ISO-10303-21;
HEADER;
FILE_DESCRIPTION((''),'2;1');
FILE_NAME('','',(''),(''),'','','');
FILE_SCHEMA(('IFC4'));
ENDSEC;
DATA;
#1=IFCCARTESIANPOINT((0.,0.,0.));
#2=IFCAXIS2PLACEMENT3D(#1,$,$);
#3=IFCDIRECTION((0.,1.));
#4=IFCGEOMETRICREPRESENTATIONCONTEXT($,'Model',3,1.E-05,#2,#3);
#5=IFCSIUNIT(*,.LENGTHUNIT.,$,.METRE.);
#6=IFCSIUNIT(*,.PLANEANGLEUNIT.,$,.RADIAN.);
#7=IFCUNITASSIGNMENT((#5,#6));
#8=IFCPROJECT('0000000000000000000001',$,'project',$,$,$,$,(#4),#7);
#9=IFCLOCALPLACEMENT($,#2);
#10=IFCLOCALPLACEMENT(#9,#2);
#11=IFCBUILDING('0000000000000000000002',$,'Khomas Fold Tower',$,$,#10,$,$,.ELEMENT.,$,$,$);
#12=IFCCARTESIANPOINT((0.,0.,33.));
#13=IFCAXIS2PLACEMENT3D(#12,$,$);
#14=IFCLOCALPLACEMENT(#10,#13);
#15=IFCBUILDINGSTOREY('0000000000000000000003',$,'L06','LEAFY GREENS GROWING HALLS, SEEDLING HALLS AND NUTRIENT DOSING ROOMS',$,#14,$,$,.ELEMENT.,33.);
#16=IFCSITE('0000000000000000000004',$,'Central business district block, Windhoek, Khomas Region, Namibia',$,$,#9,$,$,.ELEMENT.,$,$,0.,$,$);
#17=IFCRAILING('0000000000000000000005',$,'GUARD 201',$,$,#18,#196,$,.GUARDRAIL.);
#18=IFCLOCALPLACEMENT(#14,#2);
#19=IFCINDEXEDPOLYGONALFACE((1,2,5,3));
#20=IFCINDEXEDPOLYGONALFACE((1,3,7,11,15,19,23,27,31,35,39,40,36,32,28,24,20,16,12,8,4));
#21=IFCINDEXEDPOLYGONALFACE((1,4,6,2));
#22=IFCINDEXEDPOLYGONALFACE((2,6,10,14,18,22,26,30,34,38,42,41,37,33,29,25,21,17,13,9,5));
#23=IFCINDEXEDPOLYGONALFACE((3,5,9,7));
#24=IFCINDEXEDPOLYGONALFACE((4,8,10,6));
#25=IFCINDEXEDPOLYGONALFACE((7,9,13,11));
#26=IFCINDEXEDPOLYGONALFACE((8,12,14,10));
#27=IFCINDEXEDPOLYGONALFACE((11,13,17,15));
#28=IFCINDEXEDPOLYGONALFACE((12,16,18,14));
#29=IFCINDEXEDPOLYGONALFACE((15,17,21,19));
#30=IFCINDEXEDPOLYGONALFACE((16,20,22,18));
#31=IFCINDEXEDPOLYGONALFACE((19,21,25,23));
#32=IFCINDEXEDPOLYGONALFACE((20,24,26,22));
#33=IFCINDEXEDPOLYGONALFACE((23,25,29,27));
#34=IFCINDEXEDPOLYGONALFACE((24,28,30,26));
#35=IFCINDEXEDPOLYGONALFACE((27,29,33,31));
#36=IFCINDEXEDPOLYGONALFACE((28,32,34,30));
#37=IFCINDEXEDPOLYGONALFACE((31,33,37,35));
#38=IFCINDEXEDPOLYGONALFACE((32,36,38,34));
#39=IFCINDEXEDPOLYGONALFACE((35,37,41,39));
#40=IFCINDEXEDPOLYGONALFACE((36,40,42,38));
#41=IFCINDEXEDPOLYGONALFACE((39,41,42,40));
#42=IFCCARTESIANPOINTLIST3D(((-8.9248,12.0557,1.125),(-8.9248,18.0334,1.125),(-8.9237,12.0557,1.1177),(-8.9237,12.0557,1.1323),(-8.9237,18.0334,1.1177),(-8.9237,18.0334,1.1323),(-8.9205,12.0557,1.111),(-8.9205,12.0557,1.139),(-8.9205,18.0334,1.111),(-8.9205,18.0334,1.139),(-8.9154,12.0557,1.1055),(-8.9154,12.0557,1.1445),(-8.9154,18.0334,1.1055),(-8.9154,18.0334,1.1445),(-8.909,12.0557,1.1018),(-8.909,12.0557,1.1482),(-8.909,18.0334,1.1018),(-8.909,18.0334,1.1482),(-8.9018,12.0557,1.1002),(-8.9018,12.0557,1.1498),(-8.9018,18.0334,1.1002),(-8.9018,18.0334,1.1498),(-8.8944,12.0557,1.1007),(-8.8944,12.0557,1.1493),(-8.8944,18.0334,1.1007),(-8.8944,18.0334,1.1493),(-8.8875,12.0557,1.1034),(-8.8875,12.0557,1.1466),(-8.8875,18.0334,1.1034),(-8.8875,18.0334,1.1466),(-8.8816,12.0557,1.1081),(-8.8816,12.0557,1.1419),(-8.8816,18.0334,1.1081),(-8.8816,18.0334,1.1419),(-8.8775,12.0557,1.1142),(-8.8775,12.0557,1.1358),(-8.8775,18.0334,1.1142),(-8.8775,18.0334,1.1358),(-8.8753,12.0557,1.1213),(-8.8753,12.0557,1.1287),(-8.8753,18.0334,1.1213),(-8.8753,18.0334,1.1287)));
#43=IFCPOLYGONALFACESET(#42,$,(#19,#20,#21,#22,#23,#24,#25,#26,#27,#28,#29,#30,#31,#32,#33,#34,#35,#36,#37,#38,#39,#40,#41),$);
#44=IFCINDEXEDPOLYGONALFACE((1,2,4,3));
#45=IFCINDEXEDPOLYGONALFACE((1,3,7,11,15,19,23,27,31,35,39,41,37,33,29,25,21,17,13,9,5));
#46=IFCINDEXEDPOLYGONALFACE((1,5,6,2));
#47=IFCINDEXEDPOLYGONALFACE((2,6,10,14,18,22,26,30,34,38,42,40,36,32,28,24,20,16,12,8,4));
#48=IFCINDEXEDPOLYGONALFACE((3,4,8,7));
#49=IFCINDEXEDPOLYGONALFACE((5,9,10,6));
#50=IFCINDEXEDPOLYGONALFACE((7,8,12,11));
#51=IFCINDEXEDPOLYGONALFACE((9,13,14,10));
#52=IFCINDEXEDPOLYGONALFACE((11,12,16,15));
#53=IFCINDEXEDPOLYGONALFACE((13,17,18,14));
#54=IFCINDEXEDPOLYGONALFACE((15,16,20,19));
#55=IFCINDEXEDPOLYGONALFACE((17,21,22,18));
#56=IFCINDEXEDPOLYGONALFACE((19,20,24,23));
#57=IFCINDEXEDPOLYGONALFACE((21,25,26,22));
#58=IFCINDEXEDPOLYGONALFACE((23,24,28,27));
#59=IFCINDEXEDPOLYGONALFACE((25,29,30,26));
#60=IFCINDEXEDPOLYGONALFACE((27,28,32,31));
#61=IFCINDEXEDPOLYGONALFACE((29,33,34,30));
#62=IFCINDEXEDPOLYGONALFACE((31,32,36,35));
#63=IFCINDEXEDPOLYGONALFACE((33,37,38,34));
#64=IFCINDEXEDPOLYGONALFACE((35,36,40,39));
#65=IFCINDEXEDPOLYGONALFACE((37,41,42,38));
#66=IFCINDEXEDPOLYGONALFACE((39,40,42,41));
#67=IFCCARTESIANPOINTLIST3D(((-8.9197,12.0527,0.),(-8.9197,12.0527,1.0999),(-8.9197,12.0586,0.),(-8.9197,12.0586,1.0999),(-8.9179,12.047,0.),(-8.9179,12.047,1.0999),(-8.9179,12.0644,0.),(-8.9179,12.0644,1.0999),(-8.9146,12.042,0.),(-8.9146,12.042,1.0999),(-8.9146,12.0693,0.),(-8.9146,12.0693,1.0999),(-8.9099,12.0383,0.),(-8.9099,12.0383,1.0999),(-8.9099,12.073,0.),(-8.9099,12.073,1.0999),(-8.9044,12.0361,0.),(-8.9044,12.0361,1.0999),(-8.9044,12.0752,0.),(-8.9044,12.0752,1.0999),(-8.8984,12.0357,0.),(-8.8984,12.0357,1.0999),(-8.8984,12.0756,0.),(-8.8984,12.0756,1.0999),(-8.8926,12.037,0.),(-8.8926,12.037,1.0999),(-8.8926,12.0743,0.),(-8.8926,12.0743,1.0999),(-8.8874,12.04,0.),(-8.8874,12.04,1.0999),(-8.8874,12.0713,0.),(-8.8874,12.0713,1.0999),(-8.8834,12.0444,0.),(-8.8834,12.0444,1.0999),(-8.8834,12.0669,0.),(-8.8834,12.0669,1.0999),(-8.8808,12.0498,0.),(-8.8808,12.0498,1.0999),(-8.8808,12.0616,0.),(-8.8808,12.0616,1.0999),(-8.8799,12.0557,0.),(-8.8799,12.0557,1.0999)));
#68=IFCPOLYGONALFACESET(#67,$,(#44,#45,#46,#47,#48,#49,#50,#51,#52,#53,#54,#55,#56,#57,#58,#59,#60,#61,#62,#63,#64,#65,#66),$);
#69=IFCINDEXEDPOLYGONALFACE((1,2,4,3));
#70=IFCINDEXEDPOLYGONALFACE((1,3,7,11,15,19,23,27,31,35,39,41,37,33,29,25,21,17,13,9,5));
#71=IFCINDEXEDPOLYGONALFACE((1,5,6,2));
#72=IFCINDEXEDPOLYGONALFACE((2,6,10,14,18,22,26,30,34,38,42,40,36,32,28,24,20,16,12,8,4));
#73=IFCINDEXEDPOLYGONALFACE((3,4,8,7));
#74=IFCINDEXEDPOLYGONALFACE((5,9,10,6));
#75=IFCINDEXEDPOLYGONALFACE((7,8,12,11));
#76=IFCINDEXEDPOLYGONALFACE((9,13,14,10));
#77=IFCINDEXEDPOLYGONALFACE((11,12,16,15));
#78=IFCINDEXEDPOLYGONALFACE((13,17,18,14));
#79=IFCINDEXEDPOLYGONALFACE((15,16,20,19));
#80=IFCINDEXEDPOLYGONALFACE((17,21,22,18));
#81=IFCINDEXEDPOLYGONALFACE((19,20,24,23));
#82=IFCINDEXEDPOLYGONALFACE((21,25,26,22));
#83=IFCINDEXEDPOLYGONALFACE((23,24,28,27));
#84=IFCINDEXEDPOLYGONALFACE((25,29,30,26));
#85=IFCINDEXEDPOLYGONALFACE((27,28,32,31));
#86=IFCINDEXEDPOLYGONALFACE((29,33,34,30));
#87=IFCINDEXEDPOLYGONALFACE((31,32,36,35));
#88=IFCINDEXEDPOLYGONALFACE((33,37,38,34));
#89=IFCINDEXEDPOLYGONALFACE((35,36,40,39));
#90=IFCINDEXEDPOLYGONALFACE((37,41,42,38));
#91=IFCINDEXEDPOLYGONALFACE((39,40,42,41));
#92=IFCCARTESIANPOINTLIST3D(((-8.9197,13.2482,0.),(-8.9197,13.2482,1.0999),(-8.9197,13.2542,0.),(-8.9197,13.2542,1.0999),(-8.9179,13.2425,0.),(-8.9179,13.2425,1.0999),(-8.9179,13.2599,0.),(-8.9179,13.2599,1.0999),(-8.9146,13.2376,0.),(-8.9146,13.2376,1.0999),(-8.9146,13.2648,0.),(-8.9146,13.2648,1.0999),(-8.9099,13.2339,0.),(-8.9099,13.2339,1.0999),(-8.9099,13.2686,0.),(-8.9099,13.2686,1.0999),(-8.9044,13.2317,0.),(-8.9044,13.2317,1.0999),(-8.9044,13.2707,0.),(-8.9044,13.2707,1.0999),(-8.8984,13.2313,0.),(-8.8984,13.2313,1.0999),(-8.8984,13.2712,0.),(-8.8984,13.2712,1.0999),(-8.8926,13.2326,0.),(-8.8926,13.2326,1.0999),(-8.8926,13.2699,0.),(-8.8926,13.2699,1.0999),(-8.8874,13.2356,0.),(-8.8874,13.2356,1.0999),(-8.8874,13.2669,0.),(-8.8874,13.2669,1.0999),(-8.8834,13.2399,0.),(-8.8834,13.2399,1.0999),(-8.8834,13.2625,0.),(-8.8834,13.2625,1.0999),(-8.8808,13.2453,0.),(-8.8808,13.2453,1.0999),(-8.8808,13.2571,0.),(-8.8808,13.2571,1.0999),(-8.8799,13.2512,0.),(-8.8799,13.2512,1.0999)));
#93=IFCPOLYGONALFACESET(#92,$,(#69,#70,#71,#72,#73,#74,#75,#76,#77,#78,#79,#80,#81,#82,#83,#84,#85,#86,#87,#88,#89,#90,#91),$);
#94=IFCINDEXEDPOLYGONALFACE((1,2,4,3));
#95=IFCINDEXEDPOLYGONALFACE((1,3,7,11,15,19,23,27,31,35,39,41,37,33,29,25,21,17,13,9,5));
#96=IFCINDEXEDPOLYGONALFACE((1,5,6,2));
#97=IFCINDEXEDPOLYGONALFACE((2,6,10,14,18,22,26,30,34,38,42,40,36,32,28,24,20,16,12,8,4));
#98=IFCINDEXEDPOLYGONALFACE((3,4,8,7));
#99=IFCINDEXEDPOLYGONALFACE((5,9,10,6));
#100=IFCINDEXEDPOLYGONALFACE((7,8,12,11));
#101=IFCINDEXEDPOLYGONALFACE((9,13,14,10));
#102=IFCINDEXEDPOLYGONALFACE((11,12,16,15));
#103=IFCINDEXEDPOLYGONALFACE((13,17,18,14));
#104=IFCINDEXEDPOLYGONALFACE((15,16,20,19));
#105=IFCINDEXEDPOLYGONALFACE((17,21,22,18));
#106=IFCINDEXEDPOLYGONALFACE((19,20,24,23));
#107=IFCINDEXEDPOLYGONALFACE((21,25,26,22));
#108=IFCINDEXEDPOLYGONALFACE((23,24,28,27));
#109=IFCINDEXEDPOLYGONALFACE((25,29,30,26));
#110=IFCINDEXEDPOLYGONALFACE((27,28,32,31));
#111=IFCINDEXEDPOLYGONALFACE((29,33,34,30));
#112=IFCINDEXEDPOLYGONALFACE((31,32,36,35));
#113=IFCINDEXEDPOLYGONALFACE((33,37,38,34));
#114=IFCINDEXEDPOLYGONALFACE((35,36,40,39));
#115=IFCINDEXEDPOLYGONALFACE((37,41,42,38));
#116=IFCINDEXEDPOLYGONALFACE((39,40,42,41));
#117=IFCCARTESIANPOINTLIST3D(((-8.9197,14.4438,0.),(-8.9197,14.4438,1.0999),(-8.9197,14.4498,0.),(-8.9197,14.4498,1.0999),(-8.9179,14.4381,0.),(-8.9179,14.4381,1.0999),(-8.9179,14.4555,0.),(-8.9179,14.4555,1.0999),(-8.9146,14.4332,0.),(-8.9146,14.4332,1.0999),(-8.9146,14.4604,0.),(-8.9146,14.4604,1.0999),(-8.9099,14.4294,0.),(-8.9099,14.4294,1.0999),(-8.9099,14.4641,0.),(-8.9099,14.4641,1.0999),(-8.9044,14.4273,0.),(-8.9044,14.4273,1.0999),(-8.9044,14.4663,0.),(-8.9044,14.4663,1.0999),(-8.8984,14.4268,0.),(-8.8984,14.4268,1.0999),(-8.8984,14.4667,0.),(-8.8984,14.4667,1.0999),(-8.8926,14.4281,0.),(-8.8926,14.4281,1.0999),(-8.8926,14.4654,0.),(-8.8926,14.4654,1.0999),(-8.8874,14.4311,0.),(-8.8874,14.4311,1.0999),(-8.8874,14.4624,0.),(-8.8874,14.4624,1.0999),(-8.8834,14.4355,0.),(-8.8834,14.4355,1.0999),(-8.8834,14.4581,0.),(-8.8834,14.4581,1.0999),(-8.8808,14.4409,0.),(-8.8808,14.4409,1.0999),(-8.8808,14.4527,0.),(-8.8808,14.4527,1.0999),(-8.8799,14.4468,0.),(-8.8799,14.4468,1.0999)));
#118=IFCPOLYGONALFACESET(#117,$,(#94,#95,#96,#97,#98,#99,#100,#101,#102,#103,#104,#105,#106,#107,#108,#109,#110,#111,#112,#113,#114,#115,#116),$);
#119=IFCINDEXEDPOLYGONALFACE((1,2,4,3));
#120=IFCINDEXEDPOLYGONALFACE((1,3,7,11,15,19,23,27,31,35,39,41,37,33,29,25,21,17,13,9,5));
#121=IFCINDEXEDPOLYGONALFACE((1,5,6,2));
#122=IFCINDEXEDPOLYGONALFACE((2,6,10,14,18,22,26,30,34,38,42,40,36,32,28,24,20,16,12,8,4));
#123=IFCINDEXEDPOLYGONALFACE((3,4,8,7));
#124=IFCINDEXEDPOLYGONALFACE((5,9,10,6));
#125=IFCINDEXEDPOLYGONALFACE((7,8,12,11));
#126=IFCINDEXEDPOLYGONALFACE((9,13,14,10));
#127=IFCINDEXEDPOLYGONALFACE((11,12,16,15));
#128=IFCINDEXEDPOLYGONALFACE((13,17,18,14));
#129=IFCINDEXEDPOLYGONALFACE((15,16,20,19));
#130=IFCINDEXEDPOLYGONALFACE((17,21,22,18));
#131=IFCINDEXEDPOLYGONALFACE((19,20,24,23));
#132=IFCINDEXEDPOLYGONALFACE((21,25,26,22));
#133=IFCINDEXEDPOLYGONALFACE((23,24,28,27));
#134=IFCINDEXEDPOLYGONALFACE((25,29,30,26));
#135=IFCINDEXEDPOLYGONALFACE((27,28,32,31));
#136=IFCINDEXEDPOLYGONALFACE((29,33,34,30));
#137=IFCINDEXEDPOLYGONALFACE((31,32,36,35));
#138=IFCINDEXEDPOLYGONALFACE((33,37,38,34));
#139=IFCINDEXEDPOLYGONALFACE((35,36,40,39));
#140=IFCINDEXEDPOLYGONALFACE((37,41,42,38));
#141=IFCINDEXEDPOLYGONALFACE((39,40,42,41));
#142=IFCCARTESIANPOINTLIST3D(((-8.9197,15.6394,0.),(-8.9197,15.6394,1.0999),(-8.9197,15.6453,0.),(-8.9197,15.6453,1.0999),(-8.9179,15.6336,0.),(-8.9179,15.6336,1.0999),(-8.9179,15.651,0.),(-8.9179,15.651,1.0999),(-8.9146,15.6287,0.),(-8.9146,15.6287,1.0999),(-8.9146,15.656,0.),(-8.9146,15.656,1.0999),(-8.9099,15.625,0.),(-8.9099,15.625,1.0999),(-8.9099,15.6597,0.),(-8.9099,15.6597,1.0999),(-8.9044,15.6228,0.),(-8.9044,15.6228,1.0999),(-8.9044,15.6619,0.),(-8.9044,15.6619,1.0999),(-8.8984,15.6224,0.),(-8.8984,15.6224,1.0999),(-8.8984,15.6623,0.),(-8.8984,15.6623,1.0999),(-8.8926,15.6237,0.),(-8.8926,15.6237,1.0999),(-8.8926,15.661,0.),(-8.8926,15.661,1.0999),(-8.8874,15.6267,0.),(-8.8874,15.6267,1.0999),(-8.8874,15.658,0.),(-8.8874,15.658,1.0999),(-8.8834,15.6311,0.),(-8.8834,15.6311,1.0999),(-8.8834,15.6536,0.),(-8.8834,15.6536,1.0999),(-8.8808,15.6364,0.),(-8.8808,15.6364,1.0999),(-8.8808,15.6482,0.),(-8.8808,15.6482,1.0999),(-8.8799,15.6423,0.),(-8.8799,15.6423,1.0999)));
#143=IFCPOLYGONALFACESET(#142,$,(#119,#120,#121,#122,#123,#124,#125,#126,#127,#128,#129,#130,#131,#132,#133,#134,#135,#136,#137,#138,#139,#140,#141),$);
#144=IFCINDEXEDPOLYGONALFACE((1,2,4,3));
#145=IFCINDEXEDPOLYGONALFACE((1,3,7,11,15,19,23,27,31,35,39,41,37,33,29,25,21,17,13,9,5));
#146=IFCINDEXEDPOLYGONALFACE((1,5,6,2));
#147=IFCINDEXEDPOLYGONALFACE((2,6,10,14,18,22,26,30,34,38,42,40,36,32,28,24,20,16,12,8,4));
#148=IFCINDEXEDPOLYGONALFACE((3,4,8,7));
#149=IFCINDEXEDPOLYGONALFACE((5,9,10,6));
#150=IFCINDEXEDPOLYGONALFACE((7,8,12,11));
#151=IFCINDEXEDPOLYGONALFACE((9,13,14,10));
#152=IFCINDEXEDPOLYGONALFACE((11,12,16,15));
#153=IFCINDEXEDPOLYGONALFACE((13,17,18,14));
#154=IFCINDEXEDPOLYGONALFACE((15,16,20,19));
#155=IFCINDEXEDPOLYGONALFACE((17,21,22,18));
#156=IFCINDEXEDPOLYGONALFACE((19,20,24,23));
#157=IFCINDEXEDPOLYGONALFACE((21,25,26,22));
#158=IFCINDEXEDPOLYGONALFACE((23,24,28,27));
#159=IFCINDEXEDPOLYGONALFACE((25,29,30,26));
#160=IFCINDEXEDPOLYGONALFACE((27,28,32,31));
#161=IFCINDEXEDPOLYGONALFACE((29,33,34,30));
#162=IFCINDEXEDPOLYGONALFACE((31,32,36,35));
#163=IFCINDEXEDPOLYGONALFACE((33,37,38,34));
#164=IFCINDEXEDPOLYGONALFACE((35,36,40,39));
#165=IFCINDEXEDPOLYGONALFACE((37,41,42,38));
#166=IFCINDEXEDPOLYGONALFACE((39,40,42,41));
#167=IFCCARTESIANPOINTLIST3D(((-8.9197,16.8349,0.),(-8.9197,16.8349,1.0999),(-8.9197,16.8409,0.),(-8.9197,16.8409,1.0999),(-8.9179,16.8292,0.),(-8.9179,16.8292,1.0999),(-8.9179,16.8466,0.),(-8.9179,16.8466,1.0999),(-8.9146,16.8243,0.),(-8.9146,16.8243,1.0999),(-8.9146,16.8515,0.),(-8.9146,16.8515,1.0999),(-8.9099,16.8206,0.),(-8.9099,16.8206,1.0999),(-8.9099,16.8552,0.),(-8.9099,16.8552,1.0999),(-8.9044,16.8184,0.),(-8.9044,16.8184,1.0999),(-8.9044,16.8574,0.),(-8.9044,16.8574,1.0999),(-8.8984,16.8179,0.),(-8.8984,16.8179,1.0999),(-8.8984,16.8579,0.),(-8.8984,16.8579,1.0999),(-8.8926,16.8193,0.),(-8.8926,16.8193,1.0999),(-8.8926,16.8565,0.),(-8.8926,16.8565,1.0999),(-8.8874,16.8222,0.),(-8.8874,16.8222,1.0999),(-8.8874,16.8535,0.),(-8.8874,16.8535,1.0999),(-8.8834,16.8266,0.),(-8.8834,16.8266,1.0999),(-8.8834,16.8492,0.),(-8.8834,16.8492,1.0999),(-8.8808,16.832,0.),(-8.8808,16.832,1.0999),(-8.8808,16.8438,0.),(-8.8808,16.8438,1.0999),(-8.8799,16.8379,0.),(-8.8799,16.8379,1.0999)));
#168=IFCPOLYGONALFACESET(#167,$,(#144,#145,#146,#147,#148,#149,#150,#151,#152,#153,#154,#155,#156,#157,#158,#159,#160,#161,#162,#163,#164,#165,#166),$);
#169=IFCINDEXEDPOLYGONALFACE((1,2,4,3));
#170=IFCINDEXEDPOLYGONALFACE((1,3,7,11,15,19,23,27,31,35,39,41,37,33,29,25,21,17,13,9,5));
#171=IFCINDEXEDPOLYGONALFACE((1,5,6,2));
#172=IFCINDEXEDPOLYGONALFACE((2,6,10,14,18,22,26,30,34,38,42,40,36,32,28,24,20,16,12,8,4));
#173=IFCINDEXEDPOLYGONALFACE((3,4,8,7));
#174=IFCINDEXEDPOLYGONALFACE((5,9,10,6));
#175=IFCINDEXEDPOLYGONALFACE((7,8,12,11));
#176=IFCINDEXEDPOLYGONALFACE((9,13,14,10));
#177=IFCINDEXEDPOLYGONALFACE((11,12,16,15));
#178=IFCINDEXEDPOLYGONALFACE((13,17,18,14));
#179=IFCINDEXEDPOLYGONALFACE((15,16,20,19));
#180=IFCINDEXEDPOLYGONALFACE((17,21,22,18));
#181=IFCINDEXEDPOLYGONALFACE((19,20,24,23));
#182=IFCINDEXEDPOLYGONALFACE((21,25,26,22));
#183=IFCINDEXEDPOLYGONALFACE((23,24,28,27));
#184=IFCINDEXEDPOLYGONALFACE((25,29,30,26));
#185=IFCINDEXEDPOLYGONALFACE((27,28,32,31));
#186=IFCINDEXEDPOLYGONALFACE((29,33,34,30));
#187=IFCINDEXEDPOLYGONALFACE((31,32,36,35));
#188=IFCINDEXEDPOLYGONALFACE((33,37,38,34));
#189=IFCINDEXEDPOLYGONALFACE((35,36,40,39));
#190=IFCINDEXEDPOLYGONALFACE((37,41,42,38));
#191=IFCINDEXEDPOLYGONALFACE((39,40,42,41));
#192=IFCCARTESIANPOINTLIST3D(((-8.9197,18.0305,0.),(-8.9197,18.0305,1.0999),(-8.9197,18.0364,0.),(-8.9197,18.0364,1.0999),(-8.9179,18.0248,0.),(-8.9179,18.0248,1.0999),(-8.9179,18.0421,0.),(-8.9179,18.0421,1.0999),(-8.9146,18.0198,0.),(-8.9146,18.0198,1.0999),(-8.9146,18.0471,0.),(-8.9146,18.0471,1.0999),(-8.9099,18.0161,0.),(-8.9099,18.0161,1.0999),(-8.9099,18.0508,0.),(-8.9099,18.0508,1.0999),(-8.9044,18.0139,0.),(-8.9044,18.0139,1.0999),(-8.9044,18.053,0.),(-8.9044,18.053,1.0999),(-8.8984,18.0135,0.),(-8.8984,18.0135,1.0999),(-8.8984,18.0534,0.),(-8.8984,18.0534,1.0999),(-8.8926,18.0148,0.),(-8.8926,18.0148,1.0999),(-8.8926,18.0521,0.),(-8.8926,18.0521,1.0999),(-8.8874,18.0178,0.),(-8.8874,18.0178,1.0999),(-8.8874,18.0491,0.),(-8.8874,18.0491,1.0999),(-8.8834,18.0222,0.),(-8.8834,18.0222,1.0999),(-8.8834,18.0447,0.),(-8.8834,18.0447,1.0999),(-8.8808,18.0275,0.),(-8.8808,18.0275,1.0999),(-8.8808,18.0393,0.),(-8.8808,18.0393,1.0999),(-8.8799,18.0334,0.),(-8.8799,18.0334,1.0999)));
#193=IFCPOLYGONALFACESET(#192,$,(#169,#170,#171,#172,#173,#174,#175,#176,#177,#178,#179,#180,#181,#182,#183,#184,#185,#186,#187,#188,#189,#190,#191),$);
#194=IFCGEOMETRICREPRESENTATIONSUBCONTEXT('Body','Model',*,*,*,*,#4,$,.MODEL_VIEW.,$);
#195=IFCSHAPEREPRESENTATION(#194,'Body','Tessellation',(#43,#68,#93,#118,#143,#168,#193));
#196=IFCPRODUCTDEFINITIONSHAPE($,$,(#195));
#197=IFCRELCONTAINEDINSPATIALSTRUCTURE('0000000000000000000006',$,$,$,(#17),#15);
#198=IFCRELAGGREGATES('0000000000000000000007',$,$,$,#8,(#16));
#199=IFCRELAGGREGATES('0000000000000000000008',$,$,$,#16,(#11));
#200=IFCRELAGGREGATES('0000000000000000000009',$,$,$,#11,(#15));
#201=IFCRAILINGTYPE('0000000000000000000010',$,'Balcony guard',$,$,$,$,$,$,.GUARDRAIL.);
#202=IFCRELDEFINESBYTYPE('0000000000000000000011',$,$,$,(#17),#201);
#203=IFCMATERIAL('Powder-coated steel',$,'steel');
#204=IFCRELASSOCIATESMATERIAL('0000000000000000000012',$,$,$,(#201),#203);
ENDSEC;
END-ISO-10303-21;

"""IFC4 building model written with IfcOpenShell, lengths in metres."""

from ifc_helpers import new_model, si_unit, direction, frame, origin, origin_2d, place, context, subcontext, project, spatial, circle, extrude, source, transform, mapped, material, type_object, element, save


model = new_model("IFC4")

# Units and contexts
model_context = context("Model", 3, precision=1e-05, world=origin(), true_north=direction((0.0, 1.0)))
body_context = subcontext(model_context, "Body", "Model", "MODEL_VIEW")
ifc_project = project(units=[si_unit("LENGTHUNIT", "METRE"), si_unit("PLANEANGLEUNIT", "RADIAN")], contexts=[model_context])

# Site, building, storey
site_placement = place(None, origin())
site = spatial("IfcSite", under=ifc_project, at=site_placement, Name="Central business district block, Windhoek, Khomas Region, Namibia", CompositionType="ELEMENT", RefElevation=0.0)
building_placement = place(site_placement, origin())
building = spatial("IfcBuilding", under=site, at=building_placement, Name="Khomas Fold Tower", CompositionType="ELEMENT")
storey_placement = place(building_placement, frame((0.0, 0.0, 33.0)))
storey = spatial("IfcBuildingStorey", under=building, at=storey_placement, Name="L06", Description="LEAFY GREENS GROWING HALLS, SEEDLING HALLS AND NUTRIENT DOSING ROOMS", CompositionType="ELEMENT", Elevation=33.0)

# Railing
ifc_material_1 = material(Name="Powder-coated steel", Category="steel")
railing_type = type_object("IfcRailingType", Name="Balcony guard", PredefinedType="GUARDRAIL", material=ifc_material_1)
shared_shape_1 = source(origin(), body_context, "Body", "SweptSolid", [
    extrude(circle(Radius=0.0249, at=origin_2d()), frame((0.0, 0.0, 1.125), z_axis=(0.0, 1.0, 0.0), x_axis=(-1.0, 0.0, 0.0)), (0.0, 0.0, 1.0), 5.9778),
    extrude(circle(Radius=0.02, at=origin_2d()), origin(), (0.0, 0.0, 1.0), 1.0999),
    extrude(circle(Radius=0.02, at=origin_2d()), frame((0.0, 1.1956, 0.0)), (0.0, 0.0, 1.0), 1.0999),
    extrude(circle(Radius=0.02, at=origin_2d()), frame((0.0, 2.3911, 0.0)), (0.0, 0.0, 1.0), 1.0999),
    extrude(circle(Radius=0.02, at=origin_2d()), frame((0.0, 3.5867, 0.0)), (0.0, 0.0, 1.0), 1.0999),
    extrude(circle(Radius=0.02, at=origin_2d()), frame((0.0, 4.7822, 0.0)), (0.0, 0.0, 1.0), 1.0999),
    extrude(circle(Radius=0.02, at=origin_2d()), frame((0.0, 5.9778, 0.0)), (0.0, 0.0, 1.0), 1.0999),
])
for number, where, name in (
    (1, (-8.8999, 12.0557, 0.0), "GUARD 201"),
):
    element("IfcRailing", number, at=place(storey_placement, frame(where)), inside=storey, type_object=railing_type, Name=name, PredefinedType="GUARDRAIL", context=body_context, shape_type="MappedRepresentation", body=[
        mapped(shared_shape_1, transform((0.0, 0.0, 0.0))),
    ])

save(model, "model.ifc")
